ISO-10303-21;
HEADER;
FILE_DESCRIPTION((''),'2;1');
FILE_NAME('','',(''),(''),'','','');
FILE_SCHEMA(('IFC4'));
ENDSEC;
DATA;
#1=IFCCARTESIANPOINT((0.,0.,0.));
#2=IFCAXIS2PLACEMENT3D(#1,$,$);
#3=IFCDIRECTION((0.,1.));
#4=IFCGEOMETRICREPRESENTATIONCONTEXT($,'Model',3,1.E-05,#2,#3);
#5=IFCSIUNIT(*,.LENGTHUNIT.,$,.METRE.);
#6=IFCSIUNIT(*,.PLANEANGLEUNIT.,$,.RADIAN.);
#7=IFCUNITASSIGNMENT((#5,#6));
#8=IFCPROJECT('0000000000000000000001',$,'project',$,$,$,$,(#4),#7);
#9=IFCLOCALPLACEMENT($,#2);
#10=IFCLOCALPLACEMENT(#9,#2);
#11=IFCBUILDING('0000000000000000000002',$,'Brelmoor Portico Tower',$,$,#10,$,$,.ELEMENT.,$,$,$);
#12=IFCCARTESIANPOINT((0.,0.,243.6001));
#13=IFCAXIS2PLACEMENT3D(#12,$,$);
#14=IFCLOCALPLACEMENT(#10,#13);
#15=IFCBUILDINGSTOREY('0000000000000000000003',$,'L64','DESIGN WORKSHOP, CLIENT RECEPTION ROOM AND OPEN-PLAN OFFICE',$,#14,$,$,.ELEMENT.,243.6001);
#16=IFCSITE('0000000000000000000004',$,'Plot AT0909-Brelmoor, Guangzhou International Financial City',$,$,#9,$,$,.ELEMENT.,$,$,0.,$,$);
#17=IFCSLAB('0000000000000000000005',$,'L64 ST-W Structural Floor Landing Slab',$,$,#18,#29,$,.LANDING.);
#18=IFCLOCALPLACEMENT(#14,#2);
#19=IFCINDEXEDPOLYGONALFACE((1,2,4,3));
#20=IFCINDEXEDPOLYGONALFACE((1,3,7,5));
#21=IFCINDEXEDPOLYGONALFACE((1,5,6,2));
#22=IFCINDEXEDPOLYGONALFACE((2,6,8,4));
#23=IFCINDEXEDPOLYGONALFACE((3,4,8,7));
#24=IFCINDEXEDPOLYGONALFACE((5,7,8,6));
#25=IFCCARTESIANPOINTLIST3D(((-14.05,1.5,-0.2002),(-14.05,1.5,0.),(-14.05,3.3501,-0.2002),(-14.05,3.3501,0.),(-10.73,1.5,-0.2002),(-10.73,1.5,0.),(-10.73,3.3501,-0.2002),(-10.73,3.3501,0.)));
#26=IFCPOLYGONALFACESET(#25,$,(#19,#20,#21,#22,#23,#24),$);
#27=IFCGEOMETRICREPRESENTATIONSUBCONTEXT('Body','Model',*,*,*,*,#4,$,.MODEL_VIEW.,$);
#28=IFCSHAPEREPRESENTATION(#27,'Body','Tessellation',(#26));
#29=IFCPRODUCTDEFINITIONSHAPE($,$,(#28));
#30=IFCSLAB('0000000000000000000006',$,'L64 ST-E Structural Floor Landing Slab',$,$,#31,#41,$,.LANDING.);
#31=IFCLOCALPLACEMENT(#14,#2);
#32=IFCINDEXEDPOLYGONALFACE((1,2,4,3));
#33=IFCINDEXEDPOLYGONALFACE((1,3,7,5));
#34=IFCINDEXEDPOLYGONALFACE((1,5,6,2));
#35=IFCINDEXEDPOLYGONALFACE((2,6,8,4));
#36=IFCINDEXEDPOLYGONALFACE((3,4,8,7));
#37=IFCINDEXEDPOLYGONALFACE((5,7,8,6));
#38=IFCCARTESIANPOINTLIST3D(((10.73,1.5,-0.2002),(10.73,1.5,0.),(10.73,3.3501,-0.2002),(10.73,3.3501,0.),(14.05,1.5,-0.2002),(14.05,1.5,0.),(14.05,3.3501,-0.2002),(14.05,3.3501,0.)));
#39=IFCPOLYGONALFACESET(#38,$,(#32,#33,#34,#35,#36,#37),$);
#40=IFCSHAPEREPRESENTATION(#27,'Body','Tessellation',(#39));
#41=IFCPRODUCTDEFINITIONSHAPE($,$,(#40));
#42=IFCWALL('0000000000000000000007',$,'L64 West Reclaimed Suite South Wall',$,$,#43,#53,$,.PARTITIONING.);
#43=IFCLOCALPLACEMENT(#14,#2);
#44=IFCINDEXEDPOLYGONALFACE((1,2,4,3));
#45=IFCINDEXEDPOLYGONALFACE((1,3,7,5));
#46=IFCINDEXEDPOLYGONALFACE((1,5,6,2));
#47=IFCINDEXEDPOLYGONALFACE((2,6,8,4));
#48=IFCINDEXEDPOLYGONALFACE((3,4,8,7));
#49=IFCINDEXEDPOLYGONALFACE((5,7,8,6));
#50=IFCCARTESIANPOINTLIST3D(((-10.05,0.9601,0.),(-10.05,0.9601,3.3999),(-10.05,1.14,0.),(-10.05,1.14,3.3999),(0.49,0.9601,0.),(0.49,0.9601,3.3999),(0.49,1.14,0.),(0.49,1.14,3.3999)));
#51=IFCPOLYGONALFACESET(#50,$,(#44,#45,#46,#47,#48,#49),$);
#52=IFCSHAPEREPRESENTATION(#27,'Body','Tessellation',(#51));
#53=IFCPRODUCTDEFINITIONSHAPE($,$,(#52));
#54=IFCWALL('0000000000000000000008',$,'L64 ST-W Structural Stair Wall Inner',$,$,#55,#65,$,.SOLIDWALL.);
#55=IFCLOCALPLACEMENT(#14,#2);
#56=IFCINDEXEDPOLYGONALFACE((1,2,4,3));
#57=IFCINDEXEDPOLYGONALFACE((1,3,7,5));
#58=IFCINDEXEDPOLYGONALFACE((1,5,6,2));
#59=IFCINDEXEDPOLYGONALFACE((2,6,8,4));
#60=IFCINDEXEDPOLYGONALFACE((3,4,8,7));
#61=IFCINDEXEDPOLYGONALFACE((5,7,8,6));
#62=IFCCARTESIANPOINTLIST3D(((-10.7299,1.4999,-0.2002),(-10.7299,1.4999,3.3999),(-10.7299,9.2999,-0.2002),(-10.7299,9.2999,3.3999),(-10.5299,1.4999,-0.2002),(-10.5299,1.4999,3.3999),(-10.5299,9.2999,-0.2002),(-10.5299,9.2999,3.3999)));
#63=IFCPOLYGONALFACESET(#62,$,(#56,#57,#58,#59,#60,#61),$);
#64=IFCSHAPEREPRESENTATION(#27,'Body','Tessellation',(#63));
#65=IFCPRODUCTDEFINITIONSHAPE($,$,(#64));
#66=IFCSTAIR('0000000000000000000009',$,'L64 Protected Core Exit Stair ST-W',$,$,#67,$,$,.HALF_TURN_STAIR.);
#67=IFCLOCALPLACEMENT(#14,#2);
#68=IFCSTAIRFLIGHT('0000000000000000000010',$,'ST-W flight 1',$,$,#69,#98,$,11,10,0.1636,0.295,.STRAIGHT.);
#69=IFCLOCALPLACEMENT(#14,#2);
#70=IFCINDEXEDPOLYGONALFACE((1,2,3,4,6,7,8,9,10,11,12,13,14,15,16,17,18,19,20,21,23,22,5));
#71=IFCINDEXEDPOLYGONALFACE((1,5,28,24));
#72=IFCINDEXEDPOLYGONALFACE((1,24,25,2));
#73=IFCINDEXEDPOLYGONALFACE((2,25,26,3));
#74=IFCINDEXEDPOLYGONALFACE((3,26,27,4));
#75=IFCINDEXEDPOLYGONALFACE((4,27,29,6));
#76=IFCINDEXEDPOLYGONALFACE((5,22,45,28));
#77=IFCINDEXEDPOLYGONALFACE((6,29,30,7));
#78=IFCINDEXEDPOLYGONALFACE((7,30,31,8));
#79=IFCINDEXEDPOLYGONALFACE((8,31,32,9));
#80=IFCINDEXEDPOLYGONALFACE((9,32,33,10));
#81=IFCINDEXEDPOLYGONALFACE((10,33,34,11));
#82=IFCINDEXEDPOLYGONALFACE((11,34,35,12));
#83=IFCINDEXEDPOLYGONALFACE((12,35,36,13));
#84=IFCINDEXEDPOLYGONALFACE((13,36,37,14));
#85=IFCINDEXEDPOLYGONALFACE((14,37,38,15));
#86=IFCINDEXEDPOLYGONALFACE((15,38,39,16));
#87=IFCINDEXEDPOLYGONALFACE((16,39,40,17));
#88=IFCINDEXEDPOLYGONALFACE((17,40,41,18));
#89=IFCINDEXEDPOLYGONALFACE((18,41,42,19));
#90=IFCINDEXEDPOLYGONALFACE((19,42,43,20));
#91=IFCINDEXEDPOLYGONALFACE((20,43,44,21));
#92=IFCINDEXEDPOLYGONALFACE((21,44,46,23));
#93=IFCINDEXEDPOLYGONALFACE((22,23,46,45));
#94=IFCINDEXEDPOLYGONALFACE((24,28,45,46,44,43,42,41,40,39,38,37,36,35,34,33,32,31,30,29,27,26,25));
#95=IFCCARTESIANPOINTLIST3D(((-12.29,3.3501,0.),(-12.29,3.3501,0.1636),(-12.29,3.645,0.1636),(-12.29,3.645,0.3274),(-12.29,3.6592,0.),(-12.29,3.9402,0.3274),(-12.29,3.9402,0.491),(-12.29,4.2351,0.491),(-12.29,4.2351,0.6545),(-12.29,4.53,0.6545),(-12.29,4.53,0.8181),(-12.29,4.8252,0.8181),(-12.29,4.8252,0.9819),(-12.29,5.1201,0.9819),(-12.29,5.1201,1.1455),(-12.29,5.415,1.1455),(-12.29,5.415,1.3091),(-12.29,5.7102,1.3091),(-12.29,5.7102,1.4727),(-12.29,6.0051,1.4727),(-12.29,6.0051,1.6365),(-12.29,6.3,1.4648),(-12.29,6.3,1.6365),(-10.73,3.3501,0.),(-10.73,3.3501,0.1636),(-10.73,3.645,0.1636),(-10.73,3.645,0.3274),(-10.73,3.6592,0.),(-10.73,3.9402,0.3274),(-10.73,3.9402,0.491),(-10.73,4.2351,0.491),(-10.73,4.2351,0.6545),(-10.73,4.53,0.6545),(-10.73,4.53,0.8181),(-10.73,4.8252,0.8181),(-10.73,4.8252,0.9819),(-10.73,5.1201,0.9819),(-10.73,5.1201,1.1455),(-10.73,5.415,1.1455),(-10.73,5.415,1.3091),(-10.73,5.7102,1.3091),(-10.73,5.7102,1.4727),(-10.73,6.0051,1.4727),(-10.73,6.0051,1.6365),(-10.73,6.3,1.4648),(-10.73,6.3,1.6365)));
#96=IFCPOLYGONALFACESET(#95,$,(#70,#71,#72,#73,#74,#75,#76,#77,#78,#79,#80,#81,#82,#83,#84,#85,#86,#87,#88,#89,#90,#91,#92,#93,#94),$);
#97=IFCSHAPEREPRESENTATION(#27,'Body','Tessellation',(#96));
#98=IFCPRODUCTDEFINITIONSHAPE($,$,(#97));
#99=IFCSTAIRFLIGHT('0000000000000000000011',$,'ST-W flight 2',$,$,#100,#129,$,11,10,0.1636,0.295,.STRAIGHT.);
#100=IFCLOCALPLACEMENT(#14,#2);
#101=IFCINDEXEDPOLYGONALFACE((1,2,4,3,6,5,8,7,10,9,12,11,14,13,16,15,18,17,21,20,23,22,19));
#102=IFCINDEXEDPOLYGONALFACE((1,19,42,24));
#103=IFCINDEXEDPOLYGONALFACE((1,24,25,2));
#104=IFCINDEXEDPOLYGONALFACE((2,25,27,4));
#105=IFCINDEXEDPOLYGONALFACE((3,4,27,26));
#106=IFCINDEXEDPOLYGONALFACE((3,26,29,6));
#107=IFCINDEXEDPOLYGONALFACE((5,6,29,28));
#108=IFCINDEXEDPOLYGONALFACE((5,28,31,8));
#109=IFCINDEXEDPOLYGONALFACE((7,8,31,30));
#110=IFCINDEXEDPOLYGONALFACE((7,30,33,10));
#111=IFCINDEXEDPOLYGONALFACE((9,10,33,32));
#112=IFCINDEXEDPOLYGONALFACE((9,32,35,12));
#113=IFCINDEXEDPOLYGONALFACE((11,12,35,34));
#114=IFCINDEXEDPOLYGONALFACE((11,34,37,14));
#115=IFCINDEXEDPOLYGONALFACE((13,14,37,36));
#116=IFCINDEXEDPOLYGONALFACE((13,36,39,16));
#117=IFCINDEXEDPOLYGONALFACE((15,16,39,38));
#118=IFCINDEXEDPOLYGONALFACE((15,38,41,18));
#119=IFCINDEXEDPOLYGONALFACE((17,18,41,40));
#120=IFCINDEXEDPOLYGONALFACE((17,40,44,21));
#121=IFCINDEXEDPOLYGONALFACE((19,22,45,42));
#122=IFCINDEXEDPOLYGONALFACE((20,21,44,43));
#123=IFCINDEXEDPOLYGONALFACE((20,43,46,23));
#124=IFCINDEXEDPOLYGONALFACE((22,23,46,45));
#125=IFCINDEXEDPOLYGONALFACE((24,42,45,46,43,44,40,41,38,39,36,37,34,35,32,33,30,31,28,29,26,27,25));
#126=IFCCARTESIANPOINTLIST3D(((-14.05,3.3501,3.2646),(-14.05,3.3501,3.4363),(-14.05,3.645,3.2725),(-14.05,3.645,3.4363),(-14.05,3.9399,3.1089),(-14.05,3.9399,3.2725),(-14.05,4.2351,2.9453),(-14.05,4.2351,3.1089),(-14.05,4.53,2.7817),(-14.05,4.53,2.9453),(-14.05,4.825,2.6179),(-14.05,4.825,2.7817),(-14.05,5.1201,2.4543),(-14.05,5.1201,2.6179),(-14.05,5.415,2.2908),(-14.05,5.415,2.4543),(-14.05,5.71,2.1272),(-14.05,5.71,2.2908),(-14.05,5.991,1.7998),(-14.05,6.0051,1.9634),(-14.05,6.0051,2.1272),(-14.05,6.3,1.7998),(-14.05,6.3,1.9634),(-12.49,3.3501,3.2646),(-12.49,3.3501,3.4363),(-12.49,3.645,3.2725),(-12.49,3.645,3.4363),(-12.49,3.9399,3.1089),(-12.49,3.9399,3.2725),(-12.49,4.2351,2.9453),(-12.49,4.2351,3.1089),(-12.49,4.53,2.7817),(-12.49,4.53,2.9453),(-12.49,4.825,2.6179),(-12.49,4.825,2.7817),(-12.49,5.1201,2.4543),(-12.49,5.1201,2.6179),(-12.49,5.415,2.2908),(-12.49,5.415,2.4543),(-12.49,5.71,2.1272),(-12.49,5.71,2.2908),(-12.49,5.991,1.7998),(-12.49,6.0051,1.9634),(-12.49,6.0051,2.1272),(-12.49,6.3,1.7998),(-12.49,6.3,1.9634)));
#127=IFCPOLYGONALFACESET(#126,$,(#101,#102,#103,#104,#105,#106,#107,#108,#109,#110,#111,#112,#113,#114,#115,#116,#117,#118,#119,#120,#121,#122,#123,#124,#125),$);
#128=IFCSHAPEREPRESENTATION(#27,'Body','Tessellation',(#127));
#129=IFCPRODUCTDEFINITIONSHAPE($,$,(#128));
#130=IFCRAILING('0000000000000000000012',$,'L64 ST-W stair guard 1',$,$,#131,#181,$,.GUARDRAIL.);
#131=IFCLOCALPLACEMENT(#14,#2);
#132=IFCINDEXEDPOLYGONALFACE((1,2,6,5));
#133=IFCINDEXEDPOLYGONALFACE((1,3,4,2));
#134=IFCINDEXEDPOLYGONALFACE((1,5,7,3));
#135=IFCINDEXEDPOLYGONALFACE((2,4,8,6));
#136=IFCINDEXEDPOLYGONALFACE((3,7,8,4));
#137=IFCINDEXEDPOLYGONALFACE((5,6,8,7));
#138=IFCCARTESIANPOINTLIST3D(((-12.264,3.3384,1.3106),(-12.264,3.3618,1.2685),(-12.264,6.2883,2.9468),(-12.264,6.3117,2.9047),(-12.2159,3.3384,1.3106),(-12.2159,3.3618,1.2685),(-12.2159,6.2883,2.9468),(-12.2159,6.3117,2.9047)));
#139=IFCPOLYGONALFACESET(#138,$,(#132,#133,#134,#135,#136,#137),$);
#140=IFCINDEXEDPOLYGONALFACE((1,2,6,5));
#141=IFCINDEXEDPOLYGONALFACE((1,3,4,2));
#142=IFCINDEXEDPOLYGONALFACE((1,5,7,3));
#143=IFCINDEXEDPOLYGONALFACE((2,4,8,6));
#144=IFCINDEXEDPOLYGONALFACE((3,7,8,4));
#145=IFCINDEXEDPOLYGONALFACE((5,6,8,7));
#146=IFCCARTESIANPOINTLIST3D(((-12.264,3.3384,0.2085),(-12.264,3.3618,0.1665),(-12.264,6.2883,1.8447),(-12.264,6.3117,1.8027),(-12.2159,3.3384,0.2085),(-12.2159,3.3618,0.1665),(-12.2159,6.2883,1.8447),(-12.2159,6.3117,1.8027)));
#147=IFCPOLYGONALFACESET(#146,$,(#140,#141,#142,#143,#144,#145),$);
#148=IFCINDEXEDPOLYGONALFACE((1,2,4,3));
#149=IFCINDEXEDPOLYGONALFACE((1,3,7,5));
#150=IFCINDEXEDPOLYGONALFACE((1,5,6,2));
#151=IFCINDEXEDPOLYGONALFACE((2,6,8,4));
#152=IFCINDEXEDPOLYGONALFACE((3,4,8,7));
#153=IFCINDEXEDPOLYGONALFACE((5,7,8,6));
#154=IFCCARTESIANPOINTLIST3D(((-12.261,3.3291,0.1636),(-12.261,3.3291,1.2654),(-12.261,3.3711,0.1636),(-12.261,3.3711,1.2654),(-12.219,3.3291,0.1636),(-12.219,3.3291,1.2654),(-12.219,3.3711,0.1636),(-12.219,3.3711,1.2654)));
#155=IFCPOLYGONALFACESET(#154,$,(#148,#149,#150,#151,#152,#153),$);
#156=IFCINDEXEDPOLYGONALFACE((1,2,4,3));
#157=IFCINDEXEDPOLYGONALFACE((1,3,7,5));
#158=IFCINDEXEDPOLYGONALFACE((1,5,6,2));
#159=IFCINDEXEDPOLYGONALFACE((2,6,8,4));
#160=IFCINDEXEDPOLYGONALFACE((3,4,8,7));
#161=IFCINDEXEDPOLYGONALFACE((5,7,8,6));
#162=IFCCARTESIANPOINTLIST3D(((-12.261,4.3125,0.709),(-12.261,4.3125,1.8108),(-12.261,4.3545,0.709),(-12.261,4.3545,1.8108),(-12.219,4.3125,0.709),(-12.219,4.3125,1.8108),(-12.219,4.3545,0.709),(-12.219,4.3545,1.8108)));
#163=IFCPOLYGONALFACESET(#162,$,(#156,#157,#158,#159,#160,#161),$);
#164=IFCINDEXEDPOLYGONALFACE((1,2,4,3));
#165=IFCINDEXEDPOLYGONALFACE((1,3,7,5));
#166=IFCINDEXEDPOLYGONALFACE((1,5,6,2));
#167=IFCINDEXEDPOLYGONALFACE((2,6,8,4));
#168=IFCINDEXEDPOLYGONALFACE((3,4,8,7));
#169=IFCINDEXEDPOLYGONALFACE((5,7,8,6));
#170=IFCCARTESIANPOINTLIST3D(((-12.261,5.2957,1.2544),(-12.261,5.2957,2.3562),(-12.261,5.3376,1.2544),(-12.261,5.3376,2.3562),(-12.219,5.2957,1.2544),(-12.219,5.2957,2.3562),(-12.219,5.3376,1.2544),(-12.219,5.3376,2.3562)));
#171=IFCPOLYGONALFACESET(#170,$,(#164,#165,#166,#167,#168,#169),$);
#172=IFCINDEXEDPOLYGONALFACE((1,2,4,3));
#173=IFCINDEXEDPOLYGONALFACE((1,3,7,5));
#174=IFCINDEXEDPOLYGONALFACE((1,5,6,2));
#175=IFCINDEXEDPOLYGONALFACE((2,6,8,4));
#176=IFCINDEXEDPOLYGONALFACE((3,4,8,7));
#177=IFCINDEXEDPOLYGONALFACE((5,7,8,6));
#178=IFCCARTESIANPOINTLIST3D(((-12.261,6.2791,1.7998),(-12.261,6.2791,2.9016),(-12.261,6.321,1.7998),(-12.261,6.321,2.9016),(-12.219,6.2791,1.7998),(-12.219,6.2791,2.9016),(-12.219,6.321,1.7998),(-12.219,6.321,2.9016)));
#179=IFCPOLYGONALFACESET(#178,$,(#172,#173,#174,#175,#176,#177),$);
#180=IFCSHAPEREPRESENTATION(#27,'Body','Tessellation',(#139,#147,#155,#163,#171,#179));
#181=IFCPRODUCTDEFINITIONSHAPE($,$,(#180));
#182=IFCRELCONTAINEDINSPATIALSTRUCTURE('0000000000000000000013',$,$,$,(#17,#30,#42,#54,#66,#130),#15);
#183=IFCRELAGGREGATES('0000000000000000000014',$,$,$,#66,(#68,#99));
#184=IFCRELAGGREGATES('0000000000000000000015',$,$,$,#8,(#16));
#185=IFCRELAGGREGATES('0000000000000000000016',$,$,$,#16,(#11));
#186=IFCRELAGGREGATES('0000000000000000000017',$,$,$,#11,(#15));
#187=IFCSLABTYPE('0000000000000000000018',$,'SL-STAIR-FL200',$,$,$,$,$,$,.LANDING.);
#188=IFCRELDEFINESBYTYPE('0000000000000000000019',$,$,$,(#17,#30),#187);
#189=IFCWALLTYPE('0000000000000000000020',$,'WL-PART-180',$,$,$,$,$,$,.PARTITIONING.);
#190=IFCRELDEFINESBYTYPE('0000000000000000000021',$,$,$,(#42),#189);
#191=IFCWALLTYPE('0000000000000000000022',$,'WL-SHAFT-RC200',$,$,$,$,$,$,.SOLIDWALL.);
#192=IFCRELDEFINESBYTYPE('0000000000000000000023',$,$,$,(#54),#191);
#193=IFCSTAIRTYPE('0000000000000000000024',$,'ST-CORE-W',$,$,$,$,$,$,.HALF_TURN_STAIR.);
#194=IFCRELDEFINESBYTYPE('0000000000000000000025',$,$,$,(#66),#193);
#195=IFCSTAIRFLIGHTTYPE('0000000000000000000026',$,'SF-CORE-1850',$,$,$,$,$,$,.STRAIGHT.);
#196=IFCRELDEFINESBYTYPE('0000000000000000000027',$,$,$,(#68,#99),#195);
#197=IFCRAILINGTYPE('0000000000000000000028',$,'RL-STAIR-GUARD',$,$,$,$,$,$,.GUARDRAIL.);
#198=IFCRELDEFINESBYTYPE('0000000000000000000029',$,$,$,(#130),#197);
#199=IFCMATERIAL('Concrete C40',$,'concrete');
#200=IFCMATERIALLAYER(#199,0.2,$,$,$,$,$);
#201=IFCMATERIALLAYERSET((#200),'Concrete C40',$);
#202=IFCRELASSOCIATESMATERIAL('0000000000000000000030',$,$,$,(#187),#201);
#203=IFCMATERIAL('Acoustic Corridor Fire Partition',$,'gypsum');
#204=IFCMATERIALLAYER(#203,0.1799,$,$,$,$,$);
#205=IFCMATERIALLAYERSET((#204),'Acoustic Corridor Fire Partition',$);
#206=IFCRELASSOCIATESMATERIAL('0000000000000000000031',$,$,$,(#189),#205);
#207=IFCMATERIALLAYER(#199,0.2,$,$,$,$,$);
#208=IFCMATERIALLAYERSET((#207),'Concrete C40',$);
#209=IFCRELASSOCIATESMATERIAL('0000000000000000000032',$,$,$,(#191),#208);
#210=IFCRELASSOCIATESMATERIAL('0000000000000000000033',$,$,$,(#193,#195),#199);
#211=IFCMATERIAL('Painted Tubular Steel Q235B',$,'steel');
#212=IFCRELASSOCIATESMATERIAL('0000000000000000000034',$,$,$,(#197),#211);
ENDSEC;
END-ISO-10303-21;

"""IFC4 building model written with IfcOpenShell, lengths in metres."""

from ifc_helpers import new_model, si_unit, direction, frame, frame_2d, origin, origin_2d, place, context, subcontext, project, spatial, polyline, rectangle, outline, extrude, material, layer, layer_set, type_object, element, aggregate, save


model = new_model("IFC4")

# Units and contexts
model_context = context("Model", 3, precision=1e-05, world=origin(), true_north=direction((0.0, 1.0)))
body_context = subcontext(model_context, "Body", "Model", "MODEL_VIEW")
ifc_project = project(units=[si_unit("LENGTHUNIT", "METRE"), si_unit("PLANEANGLEUNIT", "RADIAN")], contexts=[model_context])

# Site, building, storey
site_placement = place(None, origin())
site = spatial("IfcSite", under=ifc_project, at=site_placement, Name="Plot AT0909-Brelmoor, Guangzhou International Financial City", CompositionType="ELEMENT", RefElevation=0.0)
building_placement = place(site_placement, origin())
building = spatial("IfcBuilding", under=site, at=building_placement, Name="Brelmoor Portico Tower", CompositionType="ELEMENT")
storey_placement = place(building_placement, frame((0.0, 0.0, 243.6001)))
storey = spatial("IfcBuildingStorey", under=building, at=storey_placement, Name="L64", Description="DESIGN WORKSHOP, CLIENT RECEPTION ROOM AND OPEN-PLAN OFFICE", CompositionType="ELEMENT", Elevation=243.6001)

# Slabs
ifc_material_1 = material(Name="Concrete C40", Category="concrete")
ifc_layer_1 = layer(ifc_material_1, 0.2)
ifc_layer_set_1 = layer_set([ifc_layer_1], Name="Concrete C40")
slab_type_1 = type_object("IfcSlabType", Name="SL-STAIR-FL200", PredefinedType="LANDING", material=ifc_layer_set_1)
slab_1_placement = place(storey_placement, frame((0.0, 0.0, -0.2002)))
element("IfcSlab", 1, at=slab_1_placement, inside=storey, type_object=slab_type_1, Name="L64 ST-W Structural Floor Landing Slab", PredefinedType="LANDING", context=body_context, shape_type="SweptSolid", body=[
    extrude(outline(polyline([(-10.73, 1.5), (-10.73, 3.3501), (-14.05, 3.3501), (-14.05, 1.5), (-10.73, 1.5)])), origin(), (0.0, 0.0, 1.0), 0.2002),
])
slab_2_placement = place(storey_placement, frame((0.0, 0.0, -0.2002)))
element("IfcSlab", 2, at=slab_2_placement, inside=storey, type_object=slab_type_1, Name="L64 ST-E Structural Floor Landing Slab", PredefinedType="LANDING", context=body_context, shape_type="SweptSolid", body=[
    extrude(outline(polyline([(14.05, 1.5), (14.05, 3.3501), (10.73, 3.3501), (10.73, 1.5), (14.05, 1.5)])), origin(), (0.0, 0.0, 1.0), 0.2002),
])

# Walls
ifc_material_2 = material(Name="Acoustic Corridor Fire Partition", Category="gypsum")
ifc_layer_2 = layer(ifc_material_2, 0.1799)
ifc_layer_set_2 = layer_set([ifc_layer_2], Name="Acoustic Corridor Fire Partition")
wall_type_1 = type_object("IfcWallType", Name="WL-PART-180", PredefinedType="PARTITIONING", material=ifc_layer_set_2)
wall_1_placement = place(storey_placement, frame((-10.05, 1.05, 0.0), z_axis=(0.0, 0.0, 1.0), x_axis=(1.0, 0.0, 0.0)))
element("IfcWall", 3, at=wall_1_placement, inside=storey, type_object=wall_type_1, Name="L64 West Reclaimed Suite South Wall", PredefinedType="PARTITIONING", context=body_context, shape_type="SweptSolid", body=[
    extrude(rectangle(XDim=10.54, YDim=0.1799, at=frame_2d((5.27, 0.0))), origin(), (0.0, 0.0, 1.0), 3.3999),
])
ifc_layer_3 = layer(ifc_material_1, 0.2)
ifc_layer_set_3 = layer_set([ifc_layer_3], Name="Concrete C40")
wall_type_2 = type_object("IfcWallType", Name="WL-SHAFT-RC200", PredefinedType="SOLIDWALL", material=ifc_layer_set_3)
wall_2_placement = place(storey_placement, frame((-10.6299, 1.5, -0.2002), z_axis=(0.0, 0.0, 1.0), x_axis=(0.0, 1.0, 0.0)))
element("IfcWall", 4, at=wall_2_placement, inside=storey, type_object=wall_type_2, Name="L64 ST-W Structural Stair Wall Inner", PredefinedType="SOLIDWALL", context=body_context, shape_type="SweptSolid", body=[
    extrude(rectangle(XDim=7.8, YDim=0.2, at=frame_2d((3.8999, 0.0))), origin(), (0.0, 0.0, 1.0), 3.6001),
])

# Stair, stair flights
stair_type = type_object("IfcStairType", Name="ST-CORE-W", PredefinedType="HALF_TURN_STAIR", material=ifc_material_1)
stair_placement = place(storey_placement, origin())
stair = element("IfcStair", 5, at=stair_placement, inside=storey, type_object=stair_type, Name="L64 Protected Core Exit Stair ST-W", PredefinedType="HALF_TURN_STAIR")
stair_flight_type = type_object("IfcStairFlightType", Name="SF-CORE-1850", PredefinedType="STRAIGHT", material=ifc_material_1)
stair_flight_1_placement = place(storey_placement, frame((-11.51, 3.3501, 0.0), z_axis=(0.0, 0.0, 1.0), x_axis=(0.0, 1.0, 0.0)))
stair_flight_1 = element("IfcStairFlight", 6, at=stair_flight_1_placement, type_object=stair_flight_type, Name="ST-W flight 1", NumberOfRisers=11, NumberOfTreads=10, PredefinedType="STRAIGHT", RiserHeight=0.1636, TreadLength=0.295, context=body_context, shape_type="SweptSolid", body=[
    extrude(outline(polyline([(0.0, 0.0), (0.0, 0.1636), (0.2949, 0.1636), (0.2949, 0.3274), (0.5901, 0.3274), (0.5901, 0.491), (0.885, 0.491), (0.885, 0.6545), (1.1799, 0.6545), (1.1799, 0.8181), (1.4751, 0.8181), (1.4751, 0.9819), (1.77, 0.9819), (1.77, 1.1455), (2.0649, 1.1455), (2.0649, 1.3091), (2.3601, 1.3091), (2.3601, 1.4727), (2.655, 1.4727), (2.655, 1.6365), (2.95, 1.6365), (2.95, 1.8), (2.95, 1.4648), (0.3091, 0.0), (0.0, 0.0)])), frame((0.0, 0.78, 0.0), z_axis=(0.0, -1.0, 0.0), x_axis=(1.0, 0.0, 0.0)), (0.0, 0.0, 1.0), 1.5601),
])
stair_flight_2_placement = place(storey_placement, frame((-13.27, 6.3, 1.7998), z_axis=(0.0, 0.0, 1.0), x_axis=(0.0, -1.0, 0.0)))
stair_flight_2 = element("IfcStairFlight", 7, at=stair_flight_2_placement, type_object=stair_flight_type, Name="ST-W flight 2", NumberOfRisers=11, NumberOfTreads=10, PredefinedType="STRAIGHT", RiserHeight=0.1636, TreadLength=0.295, context=body_context, shape_type="SweptSolid", body=[
    extrude(outline(polyline([(0.0, 0.0), (0.0, 0.1636), (0.2949, 0.1636), (0.2949, 0.3274), (0.5901, 0.3274), (0.5901, 0.491), (0.885, 0.491), (0.885, 0.6545), (1.1799, 0.6545), (1.1799, 0.8181), (1.4751, 0.8181), (1.4751, 0.9819), (1.77, 0.9819), (1.77, 1.1455), (2.0649, 1.1455), (2.0649, 1.3091), (2.3601, 1.3091), (2.3601, 1.4727), (2.655, 1.4727), (2.655, 1.6365), (2.95, 1.6365), (2.95, 1.8), (2.95, 1.4648), (0.3091, 0.0), (0.0, 0.0)])), frame((0.0, 0.78, 0.0), z_axis=(0.0, -1.0, 0.0), x_axis=(1.0, 0.0, 0.0)), (0.0, 0.0, 1.0), 1.5601),
])
aggregate(stair, [stair_flight_1, stair_flight_2])

# Railing
ifc_material_3 = material(Name="Painted Tubular Steel Q235B", Category="steel")
railing_type_1 = type_object("IfcRailingType", Name="RL-STAIR-GUARD", PredefinedType="GUARDRAIL", material=ifc_material_3)
railing_1_placement = place(storey_placement, frame((-12.24, 3.3501, 0.1636)))
element("IfcRailing", 8, at=railing_1_placement, inside=storey, type_object=railing_type_1, Name="L64 ST-W stair guard 1", PredefinedType="GUARDRAIL", context=body_context, shape_type="SweptSolid", body=[
    extrude(rectangle(XDim=0.0481, YDim=0.0481, at=origin_2d()), frame((0.0, 0.0, 1.126), z_axis=(0.0, 0.874488, 0.485047), x_axis=(-1.0, 0.0, 0.0)), (0.0, 0.0, 1.0), 3.3733),
    extrude(rectangle(XDim=0.0481, YDim=0.0481, at=origin_2d()), frame((0.0, 0.0, 0.0239), z_axis=(0.0, 0.874488, 0.485047), x_axis=(-1.0, 0.0, 0.0)), (0.0, 0.0, 1.0), 3.3733),
    extrude(rectangle(XDim=0.042, YDim=0.042, at=origin_2d()), origin(), (0.0, 0.0, 1.0), 1.1018),
    extrude(rectangle(XDim=0.042, YDim=0.042, at=origin_2d()), frame((0.0, 0.9834, 0.5454)), (0.0, 0.0, 1.0), 1.1018),
    extrude(rectangle(XDim=0.042, YDim=0.042, at=origin_2d()), frame((0.0, 1.9666, 1.0908)), (0.0, 0.0, 1.0), 1.1018),
    extrude(rectangle(XDim=0.042, YDim=0.042, at=origin_2d()), frame((0.0, 2.95, 1.6362)), (0.0, 0.0, 1.0), 1.1018),
])

save(model, "model.ifc")
